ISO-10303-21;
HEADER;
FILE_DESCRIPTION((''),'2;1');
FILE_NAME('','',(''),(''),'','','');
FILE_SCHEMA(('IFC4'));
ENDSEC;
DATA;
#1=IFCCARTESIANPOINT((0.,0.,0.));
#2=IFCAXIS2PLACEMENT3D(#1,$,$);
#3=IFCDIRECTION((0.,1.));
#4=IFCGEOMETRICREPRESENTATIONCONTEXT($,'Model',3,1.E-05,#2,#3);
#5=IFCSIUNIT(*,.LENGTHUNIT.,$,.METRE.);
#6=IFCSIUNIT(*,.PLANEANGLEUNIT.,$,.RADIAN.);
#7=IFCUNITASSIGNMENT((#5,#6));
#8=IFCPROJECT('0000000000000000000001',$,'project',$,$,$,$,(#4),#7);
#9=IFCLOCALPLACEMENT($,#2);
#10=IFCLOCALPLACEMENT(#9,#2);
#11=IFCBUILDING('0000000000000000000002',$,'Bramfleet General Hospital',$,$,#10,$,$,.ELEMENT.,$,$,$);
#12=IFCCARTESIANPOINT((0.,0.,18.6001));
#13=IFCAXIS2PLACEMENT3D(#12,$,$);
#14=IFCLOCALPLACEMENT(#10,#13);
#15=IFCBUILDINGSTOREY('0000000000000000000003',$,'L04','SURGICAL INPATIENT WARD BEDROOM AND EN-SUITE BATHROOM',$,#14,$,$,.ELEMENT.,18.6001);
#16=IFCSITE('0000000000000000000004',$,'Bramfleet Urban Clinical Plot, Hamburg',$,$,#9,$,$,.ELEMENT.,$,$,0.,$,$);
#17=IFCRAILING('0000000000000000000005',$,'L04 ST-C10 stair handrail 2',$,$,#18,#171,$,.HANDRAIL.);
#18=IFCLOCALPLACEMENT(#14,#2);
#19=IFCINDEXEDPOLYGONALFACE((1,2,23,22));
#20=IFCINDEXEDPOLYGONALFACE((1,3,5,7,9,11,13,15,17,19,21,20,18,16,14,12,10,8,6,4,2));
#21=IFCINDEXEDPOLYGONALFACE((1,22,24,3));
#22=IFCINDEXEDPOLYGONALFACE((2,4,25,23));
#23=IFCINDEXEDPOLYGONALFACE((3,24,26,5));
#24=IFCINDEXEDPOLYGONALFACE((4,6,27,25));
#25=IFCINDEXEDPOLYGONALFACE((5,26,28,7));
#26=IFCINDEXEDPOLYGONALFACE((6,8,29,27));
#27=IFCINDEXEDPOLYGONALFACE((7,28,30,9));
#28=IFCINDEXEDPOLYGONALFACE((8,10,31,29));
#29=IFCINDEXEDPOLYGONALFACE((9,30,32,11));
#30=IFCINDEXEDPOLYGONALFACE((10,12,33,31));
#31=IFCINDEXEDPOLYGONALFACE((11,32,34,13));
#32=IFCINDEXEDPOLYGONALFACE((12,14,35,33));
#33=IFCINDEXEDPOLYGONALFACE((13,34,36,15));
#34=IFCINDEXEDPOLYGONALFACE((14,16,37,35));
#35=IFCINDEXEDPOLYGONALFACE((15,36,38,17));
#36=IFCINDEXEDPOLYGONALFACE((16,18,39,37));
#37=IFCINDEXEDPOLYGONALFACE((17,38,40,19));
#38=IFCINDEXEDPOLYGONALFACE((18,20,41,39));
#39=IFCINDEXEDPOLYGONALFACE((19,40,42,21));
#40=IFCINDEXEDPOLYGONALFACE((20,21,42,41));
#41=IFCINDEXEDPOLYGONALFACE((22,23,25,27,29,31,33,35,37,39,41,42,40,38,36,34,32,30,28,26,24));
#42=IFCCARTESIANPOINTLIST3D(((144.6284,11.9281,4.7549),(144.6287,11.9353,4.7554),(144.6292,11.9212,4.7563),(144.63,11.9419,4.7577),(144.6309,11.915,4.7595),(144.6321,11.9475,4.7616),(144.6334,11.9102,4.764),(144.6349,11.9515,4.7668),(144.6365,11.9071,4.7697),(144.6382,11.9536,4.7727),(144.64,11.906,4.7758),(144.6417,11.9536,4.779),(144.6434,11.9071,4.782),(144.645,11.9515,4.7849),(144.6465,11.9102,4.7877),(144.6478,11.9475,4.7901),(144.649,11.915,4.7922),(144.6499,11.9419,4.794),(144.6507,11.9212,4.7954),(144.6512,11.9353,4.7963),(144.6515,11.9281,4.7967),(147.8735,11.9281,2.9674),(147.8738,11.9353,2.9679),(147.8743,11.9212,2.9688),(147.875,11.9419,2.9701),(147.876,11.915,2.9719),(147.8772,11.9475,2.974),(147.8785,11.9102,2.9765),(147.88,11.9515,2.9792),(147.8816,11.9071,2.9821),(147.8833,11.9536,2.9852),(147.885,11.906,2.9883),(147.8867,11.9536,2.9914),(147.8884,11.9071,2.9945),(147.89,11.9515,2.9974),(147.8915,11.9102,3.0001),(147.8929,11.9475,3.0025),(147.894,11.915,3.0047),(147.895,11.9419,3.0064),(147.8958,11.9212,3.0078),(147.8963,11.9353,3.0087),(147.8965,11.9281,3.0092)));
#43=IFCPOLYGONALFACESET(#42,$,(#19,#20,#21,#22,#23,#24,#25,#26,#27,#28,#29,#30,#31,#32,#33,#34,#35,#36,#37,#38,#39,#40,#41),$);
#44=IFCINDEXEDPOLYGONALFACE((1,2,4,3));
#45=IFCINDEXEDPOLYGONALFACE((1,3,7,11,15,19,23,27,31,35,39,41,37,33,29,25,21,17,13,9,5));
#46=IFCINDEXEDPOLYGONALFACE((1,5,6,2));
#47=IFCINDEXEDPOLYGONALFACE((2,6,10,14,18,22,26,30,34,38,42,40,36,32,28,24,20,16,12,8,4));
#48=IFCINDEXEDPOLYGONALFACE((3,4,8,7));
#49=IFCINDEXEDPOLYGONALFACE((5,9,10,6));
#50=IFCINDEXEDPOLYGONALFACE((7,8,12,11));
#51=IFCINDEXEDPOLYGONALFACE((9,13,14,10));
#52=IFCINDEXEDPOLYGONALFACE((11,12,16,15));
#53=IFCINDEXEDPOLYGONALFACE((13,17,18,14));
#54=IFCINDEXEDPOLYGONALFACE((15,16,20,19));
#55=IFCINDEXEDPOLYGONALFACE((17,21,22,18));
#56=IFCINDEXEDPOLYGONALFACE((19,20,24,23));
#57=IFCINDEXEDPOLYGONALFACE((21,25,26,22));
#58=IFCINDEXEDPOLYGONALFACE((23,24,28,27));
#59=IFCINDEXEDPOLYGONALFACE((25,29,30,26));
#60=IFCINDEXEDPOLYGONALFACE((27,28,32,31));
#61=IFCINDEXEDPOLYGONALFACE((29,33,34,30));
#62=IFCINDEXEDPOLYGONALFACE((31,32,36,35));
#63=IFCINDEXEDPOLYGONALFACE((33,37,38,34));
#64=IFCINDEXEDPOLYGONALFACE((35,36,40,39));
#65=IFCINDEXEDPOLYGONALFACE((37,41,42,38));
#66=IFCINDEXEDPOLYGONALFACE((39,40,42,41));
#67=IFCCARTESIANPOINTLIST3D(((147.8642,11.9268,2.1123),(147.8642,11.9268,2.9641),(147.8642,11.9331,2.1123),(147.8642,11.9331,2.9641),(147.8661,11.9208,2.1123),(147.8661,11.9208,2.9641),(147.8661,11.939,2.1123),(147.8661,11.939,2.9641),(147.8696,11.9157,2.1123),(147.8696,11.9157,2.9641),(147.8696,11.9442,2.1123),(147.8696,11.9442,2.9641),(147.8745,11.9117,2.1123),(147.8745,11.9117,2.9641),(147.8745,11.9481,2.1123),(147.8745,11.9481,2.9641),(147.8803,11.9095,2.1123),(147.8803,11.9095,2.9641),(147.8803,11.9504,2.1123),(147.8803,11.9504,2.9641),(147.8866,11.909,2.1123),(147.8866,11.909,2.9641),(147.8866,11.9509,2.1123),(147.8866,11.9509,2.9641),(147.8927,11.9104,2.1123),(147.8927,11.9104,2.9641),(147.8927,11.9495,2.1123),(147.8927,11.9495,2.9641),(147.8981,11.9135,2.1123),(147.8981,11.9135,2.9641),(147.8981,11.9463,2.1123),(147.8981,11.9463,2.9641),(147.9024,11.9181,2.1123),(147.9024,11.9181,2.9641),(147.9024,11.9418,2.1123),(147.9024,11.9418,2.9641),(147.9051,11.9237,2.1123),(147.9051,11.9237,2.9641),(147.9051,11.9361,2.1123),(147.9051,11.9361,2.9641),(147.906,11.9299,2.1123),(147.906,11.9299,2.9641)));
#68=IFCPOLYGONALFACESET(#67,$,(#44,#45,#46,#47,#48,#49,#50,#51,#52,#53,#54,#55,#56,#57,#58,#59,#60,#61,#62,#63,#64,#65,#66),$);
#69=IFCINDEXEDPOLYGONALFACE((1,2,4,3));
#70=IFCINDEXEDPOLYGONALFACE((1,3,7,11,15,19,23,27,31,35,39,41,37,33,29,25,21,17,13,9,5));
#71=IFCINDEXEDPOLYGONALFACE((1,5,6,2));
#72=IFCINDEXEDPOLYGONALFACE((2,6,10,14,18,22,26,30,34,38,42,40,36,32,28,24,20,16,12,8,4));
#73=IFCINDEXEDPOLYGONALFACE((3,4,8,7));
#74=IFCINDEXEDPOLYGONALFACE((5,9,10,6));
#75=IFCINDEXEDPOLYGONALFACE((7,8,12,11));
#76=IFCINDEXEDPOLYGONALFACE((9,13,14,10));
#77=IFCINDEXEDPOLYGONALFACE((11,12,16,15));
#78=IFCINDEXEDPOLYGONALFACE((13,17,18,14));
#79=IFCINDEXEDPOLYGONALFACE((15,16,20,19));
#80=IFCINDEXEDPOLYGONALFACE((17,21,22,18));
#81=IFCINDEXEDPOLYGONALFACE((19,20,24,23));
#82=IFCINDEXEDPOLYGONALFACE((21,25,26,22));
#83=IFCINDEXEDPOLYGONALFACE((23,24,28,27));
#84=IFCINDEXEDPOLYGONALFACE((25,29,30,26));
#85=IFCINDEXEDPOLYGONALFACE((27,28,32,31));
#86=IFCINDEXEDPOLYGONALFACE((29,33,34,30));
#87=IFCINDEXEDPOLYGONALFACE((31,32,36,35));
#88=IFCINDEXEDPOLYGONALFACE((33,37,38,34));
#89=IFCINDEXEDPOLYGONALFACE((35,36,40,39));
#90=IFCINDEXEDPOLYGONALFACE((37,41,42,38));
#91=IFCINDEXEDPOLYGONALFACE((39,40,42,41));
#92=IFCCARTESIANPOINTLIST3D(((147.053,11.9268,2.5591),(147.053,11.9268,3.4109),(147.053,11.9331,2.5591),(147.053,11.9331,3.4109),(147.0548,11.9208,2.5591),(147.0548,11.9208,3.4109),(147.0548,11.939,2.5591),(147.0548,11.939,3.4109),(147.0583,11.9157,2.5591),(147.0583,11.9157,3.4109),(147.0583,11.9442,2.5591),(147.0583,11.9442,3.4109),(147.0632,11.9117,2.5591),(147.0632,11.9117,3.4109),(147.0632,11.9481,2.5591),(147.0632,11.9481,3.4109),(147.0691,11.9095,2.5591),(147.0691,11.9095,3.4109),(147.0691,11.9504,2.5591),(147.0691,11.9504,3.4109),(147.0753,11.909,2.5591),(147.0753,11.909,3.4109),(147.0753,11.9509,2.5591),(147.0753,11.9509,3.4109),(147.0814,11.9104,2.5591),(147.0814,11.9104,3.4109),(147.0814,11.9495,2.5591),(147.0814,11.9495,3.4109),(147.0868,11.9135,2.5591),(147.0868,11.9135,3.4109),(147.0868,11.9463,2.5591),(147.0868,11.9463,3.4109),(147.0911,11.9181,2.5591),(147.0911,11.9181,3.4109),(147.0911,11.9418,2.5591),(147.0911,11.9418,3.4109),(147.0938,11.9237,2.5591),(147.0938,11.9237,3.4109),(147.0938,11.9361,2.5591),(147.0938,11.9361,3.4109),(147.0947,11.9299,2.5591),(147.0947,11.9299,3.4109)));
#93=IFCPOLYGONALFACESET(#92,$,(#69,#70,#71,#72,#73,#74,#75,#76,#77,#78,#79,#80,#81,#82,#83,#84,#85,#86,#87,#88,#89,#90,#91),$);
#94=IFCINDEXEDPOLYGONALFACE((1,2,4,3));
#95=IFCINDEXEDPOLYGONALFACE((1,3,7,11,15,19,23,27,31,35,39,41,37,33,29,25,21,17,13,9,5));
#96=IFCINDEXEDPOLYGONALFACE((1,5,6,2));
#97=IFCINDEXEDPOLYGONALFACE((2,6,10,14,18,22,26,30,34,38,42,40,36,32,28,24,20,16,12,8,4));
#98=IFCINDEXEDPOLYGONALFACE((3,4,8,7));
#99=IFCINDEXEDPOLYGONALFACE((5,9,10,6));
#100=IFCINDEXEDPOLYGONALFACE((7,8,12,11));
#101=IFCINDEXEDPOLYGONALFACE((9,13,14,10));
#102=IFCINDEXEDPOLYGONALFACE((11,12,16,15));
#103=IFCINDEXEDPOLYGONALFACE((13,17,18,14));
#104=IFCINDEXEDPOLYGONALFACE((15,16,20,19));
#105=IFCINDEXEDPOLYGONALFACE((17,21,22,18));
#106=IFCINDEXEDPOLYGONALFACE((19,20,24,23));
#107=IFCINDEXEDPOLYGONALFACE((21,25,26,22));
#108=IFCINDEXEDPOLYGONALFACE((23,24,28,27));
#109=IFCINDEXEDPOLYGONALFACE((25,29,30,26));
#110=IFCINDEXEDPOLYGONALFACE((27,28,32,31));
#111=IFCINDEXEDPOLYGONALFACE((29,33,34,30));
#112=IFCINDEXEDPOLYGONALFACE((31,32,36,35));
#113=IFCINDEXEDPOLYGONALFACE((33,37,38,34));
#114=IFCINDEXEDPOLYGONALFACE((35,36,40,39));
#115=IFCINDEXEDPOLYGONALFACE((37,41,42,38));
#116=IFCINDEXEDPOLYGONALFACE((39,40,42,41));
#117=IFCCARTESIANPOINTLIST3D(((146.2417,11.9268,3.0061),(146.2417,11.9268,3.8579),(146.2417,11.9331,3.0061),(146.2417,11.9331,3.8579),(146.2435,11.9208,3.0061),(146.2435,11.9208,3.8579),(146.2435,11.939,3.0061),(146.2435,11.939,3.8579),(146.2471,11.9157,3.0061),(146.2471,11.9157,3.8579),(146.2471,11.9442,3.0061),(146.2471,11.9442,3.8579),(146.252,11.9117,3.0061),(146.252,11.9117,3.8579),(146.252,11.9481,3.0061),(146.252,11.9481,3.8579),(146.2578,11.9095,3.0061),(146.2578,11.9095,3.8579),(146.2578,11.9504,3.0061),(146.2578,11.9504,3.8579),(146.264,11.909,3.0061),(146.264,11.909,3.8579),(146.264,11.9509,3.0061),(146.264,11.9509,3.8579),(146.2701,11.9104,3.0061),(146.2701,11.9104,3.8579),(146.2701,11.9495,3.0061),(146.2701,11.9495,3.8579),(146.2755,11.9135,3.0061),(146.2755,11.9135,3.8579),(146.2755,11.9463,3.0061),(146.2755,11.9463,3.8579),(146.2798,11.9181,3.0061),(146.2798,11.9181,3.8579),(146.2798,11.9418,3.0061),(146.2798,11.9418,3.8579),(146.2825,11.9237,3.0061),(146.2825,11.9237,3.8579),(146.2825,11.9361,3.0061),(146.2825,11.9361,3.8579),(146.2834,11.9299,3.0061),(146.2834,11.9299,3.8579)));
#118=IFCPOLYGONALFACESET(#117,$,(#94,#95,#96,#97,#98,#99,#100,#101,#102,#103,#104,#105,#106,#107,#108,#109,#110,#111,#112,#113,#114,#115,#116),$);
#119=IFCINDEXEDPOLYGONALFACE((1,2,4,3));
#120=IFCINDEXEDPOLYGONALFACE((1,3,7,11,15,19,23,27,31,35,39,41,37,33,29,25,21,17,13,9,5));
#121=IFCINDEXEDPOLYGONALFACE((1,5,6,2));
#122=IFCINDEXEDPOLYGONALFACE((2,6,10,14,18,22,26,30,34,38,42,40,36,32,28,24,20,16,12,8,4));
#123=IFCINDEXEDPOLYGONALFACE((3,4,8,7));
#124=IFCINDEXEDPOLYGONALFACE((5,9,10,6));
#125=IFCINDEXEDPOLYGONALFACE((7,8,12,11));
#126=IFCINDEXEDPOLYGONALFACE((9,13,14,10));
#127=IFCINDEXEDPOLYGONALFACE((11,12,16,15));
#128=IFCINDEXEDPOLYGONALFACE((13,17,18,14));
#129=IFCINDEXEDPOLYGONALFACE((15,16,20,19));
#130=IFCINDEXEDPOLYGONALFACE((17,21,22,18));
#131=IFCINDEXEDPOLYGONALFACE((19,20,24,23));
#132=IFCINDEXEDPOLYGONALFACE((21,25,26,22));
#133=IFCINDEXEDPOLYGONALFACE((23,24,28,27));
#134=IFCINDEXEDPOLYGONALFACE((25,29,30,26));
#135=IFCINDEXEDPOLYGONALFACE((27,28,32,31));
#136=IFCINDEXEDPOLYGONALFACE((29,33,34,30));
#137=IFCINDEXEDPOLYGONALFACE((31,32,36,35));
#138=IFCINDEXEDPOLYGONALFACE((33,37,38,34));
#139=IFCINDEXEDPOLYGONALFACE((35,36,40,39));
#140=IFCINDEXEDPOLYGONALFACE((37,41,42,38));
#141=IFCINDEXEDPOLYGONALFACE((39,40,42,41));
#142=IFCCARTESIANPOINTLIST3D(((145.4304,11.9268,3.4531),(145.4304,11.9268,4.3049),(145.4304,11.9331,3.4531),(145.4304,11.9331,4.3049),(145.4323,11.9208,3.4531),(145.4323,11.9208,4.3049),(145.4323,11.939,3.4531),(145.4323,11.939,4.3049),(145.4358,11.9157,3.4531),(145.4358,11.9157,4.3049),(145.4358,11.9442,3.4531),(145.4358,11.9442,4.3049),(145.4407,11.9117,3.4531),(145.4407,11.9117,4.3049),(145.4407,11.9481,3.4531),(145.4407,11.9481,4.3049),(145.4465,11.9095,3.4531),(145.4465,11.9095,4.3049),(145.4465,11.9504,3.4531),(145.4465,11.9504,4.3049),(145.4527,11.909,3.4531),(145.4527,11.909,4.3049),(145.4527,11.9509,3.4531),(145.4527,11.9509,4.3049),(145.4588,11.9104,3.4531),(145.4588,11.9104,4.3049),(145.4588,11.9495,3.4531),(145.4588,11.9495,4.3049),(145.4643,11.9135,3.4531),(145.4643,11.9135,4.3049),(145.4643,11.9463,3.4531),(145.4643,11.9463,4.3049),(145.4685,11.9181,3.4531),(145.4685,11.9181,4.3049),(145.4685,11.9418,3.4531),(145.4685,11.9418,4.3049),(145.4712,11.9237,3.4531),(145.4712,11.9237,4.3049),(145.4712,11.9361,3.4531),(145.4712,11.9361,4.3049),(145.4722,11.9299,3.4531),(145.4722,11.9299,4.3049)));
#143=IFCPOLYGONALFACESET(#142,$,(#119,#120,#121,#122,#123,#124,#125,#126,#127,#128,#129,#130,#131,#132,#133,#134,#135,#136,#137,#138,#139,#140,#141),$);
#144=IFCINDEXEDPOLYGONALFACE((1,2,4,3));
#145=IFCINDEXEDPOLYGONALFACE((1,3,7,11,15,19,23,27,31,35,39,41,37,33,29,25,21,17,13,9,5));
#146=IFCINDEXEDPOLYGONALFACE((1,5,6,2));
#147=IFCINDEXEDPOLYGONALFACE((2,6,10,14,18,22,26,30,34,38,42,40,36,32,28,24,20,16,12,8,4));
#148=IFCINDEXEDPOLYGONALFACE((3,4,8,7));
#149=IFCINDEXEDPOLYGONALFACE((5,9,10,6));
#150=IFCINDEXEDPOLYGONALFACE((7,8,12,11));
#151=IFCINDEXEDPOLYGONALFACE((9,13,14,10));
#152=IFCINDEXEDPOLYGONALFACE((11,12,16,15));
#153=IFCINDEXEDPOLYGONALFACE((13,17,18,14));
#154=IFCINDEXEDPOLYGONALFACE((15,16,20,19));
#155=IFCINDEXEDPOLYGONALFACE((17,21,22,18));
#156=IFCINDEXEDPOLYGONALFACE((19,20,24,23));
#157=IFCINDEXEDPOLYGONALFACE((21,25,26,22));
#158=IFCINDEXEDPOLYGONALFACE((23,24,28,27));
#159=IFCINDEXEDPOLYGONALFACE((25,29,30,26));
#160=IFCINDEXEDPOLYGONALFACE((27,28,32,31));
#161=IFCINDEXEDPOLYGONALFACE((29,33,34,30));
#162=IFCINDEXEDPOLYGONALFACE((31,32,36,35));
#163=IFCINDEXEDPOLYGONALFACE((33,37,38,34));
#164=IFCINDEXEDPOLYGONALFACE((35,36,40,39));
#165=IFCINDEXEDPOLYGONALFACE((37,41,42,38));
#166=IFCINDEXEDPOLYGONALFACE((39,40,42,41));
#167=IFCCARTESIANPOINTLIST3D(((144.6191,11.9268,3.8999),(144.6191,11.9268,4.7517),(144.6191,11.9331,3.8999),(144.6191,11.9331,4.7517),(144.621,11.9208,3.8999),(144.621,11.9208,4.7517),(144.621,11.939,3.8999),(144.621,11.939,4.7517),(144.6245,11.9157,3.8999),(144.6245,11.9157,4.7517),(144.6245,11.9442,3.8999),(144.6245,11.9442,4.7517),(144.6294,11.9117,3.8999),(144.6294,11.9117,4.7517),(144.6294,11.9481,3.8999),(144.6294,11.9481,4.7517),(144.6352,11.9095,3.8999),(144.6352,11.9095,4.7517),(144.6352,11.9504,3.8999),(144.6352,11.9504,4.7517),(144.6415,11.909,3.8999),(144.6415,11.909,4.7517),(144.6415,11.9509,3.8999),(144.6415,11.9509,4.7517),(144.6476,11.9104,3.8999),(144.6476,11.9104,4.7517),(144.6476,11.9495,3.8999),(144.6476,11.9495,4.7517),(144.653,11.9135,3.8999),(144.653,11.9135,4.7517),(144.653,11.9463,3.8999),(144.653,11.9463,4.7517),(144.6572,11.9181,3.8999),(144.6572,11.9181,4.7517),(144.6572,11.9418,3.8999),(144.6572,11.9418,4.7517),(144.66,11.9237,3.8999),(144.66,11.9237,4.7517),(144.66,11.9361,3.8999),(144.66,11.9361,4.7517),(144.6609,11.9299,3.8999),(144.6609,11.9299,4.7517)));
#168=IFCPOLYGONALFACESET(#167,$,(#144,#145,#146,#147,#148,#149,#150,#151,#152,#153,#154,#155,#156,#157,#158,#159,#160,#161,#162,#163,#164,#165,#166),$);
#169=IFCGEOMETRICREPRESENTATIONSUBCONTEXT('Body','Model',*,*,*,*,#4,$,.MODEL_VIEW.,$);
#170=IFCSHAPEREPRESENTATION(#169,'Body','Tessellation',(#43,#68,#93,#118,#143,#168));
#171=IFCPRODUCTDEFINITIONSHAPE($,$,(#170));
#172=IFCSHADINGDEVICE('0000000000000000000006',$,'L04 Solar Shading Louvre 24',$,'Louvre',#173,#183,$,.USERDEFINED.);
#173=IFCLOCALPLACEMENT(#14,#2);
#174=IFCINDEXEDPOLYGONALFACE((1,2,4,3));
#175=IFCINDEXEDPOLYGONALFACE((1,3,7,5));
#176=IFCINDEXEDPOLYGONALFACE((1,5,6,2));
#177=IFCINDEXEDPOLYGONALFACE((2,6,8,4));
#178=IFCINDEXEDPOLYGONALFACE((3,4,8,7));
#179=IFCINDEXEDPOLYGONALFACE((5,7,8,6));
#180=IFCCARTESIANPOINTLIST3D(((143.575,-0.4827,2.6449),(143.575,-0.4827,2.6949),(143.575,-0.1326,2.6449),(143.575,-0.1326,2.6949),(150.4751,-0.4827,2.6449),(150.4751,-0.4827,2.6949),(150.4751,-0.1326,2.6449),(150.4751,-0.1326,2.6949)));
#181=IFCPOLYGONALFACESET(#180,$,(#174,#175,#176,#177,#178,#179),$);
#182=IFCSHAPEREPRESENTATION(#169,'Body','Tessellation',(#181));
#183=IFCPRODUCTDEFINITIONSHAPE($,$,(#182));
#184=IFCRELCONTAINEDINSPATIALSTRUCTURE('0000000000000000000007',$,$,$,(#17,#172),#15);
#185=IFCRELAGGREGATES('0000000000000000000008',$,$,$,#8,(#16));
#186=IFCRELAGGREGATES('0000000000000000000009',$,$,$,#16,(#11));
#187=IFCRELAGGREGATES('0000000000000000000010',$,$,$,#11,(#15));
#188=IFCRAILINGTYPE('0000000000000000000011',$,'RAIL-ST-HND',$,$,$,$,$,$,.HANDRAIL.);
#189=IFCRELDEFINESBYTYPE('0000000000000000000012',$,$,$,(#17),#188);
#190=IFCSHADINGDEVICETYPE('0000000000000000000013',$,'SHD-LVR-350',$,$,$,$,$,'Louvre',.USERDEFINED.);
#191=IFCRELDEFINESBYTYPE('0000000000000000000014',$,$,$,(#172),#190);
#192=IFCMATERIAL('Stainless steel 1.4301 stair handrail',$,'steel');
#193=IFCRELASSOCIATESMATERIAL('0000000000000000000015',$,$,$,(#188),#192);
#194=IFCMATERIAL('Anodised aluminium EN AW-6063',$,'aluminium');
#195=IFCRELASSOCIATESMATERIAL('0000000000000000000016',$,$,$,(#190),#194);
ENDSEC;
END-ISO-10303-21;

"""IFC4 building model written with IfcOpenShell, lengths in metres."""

from ifc_helpers import new_model, si_unit, direction, frame, origin, origin_2d, place, context, subcontext, project, spatial, rectangle, circle, extrude, material, material_profile, profile_set, type_object, element, save


model = new_model("IFC4")

# Units and contexts
model_context = context("Model", 3, precision=1e-05, world=origin(), true_north=direction((0.0, 1.0)))
body_context = subcontext(model_context, "Body", "Model", "MODEL_VIEW")
ifc_project = project(units=[si_unit("LENGTHUNIT", "METRE"), si_unit("PLANEANGLEUNIT", "RADIAN")], contexts=[model_context])

# Site, building, storey
site_placement = place(None, origin())
site = spatial("IfcSite", under=ifc_project, at=site_placement, Name="Bramfleet Urban Clinical Plot, Hamburg", CompositionType="ELEMENT", RefElevation=0.0)
building_placement = place(site_placement, origin())
building = spatial("IfcBuilding", under=site, at=building_placement, Name="Bramfleet General Hospital", CompositionType="ELEMENT")
storey_placement = place(building_placement, frame((0.0, 0.0, 18.6001)))
storey = spatial("IfcBuildingStorey", under=building, at=storey_placement, Name="L04", Description="SURGICAL INPATIENT WARD BEDROOM AND EN-SUITE BATHROOM", CompositionType="ELEMENT", Elevation=18.6001)

# Railing
ifc_material_1 = material(Name="Stainless steel 1.4301 stair handrail", Category="steel")
railing_type_1 = type_object("IfcRailingType", Name="RAIL-ST-HND", PredefinedType="HANDRAIL", material=ifc_material_1)
railing_1_placement = place(storey_placement, frame((147.885, 11.9299, 2.1123)))
element("IfcRailing", 1, at=railing_1_placement, inside=storey, type_object=railing_type_1, Name="L04 ST-C10 stair handrail 2", PredefinedType="HANDRAIL", context=body_context, shape_type="SweptSolid", body=[
    extrude(circle(Radius=0.0239, at=origin_2d()), frame((0.0, 0.0, 0.876), z_axis=(-0.875899, 0.0, 0.482495), x_axis=(0.0, -1.0, 0.0)), (0.0, 0.0, 1.0), 3.7048),
    extrude(circle(Radius=0.021, at=origin_2d()), origin(), (0.0, 0.0, 1.0), 0.8518),
    extrude(circle(Radius=0.021, at=origin_2d()), frame((-0.8113, 0.0, 0.4468)), (0.0, 0.0, 1.0), 0.8518),
    extrude(circle(Radius=0.021, at=origin_2d()), frame((-1.6226, 0.0, 0.8938)), (0.0, 0.0, 1.0), 0.8518),
    extrude(circle(Radius=0.021, at=origin_2d()), frame((-2.4338, 0.0, 1.3408)), (0.0, 0.0, 1.0), 0.8518),
    extrude(circle(Radius=0.021, at=origin_2d()), frame((-3.2451, 0.0, 1.7876)), (0.0, 0.0, 1.0), 0.8518),
])

# Shading device
ifc_material_2 = material(Name="Anodised aluminium EN AW-6063", Category="aluminium")
ifc_material_profile_1 = material_profile(ifc_material_2, rectangle(XDim=0.05, YDim=0.3501, at=origin_2d()), Name="ALU LOUVRE 350x50")
ifc_profile_set_1 = profile_set([ifc_material_profile_1], Name="Anodised aluminium EN AW-6063")
shading_device_type = type_object("IfcShadingDeviceType", Name="SHD-LVR-350", ElementType="Louvre", PredefinedType="USERDEFINED", material=ifc_profile_set_1)
shading_device_placement = place(storey_placement, frame((150.4751, -0.3076, 2.6699), z_axis=(-1.0, 0.0, 0.0), x_axis=(0.0, 0.0, 1.0)))
element("IfcShadingDevice", 2, at=shading_device_placement, inside=storey, type_object=shading_device_type, Name="L04 Solar Shading Louvre 24", ObjectType="Louvre", PredefinedType="USERDEFINED", context=body_context, shape_type="SweptSolid", body=[
    extrude(rectangle(XDim=0.05, YDim=0.3501, at=origin_2d()), origin(), (0.0, 0.0, 1.0), 6.9001),
])

save(model, "model.ifc")
